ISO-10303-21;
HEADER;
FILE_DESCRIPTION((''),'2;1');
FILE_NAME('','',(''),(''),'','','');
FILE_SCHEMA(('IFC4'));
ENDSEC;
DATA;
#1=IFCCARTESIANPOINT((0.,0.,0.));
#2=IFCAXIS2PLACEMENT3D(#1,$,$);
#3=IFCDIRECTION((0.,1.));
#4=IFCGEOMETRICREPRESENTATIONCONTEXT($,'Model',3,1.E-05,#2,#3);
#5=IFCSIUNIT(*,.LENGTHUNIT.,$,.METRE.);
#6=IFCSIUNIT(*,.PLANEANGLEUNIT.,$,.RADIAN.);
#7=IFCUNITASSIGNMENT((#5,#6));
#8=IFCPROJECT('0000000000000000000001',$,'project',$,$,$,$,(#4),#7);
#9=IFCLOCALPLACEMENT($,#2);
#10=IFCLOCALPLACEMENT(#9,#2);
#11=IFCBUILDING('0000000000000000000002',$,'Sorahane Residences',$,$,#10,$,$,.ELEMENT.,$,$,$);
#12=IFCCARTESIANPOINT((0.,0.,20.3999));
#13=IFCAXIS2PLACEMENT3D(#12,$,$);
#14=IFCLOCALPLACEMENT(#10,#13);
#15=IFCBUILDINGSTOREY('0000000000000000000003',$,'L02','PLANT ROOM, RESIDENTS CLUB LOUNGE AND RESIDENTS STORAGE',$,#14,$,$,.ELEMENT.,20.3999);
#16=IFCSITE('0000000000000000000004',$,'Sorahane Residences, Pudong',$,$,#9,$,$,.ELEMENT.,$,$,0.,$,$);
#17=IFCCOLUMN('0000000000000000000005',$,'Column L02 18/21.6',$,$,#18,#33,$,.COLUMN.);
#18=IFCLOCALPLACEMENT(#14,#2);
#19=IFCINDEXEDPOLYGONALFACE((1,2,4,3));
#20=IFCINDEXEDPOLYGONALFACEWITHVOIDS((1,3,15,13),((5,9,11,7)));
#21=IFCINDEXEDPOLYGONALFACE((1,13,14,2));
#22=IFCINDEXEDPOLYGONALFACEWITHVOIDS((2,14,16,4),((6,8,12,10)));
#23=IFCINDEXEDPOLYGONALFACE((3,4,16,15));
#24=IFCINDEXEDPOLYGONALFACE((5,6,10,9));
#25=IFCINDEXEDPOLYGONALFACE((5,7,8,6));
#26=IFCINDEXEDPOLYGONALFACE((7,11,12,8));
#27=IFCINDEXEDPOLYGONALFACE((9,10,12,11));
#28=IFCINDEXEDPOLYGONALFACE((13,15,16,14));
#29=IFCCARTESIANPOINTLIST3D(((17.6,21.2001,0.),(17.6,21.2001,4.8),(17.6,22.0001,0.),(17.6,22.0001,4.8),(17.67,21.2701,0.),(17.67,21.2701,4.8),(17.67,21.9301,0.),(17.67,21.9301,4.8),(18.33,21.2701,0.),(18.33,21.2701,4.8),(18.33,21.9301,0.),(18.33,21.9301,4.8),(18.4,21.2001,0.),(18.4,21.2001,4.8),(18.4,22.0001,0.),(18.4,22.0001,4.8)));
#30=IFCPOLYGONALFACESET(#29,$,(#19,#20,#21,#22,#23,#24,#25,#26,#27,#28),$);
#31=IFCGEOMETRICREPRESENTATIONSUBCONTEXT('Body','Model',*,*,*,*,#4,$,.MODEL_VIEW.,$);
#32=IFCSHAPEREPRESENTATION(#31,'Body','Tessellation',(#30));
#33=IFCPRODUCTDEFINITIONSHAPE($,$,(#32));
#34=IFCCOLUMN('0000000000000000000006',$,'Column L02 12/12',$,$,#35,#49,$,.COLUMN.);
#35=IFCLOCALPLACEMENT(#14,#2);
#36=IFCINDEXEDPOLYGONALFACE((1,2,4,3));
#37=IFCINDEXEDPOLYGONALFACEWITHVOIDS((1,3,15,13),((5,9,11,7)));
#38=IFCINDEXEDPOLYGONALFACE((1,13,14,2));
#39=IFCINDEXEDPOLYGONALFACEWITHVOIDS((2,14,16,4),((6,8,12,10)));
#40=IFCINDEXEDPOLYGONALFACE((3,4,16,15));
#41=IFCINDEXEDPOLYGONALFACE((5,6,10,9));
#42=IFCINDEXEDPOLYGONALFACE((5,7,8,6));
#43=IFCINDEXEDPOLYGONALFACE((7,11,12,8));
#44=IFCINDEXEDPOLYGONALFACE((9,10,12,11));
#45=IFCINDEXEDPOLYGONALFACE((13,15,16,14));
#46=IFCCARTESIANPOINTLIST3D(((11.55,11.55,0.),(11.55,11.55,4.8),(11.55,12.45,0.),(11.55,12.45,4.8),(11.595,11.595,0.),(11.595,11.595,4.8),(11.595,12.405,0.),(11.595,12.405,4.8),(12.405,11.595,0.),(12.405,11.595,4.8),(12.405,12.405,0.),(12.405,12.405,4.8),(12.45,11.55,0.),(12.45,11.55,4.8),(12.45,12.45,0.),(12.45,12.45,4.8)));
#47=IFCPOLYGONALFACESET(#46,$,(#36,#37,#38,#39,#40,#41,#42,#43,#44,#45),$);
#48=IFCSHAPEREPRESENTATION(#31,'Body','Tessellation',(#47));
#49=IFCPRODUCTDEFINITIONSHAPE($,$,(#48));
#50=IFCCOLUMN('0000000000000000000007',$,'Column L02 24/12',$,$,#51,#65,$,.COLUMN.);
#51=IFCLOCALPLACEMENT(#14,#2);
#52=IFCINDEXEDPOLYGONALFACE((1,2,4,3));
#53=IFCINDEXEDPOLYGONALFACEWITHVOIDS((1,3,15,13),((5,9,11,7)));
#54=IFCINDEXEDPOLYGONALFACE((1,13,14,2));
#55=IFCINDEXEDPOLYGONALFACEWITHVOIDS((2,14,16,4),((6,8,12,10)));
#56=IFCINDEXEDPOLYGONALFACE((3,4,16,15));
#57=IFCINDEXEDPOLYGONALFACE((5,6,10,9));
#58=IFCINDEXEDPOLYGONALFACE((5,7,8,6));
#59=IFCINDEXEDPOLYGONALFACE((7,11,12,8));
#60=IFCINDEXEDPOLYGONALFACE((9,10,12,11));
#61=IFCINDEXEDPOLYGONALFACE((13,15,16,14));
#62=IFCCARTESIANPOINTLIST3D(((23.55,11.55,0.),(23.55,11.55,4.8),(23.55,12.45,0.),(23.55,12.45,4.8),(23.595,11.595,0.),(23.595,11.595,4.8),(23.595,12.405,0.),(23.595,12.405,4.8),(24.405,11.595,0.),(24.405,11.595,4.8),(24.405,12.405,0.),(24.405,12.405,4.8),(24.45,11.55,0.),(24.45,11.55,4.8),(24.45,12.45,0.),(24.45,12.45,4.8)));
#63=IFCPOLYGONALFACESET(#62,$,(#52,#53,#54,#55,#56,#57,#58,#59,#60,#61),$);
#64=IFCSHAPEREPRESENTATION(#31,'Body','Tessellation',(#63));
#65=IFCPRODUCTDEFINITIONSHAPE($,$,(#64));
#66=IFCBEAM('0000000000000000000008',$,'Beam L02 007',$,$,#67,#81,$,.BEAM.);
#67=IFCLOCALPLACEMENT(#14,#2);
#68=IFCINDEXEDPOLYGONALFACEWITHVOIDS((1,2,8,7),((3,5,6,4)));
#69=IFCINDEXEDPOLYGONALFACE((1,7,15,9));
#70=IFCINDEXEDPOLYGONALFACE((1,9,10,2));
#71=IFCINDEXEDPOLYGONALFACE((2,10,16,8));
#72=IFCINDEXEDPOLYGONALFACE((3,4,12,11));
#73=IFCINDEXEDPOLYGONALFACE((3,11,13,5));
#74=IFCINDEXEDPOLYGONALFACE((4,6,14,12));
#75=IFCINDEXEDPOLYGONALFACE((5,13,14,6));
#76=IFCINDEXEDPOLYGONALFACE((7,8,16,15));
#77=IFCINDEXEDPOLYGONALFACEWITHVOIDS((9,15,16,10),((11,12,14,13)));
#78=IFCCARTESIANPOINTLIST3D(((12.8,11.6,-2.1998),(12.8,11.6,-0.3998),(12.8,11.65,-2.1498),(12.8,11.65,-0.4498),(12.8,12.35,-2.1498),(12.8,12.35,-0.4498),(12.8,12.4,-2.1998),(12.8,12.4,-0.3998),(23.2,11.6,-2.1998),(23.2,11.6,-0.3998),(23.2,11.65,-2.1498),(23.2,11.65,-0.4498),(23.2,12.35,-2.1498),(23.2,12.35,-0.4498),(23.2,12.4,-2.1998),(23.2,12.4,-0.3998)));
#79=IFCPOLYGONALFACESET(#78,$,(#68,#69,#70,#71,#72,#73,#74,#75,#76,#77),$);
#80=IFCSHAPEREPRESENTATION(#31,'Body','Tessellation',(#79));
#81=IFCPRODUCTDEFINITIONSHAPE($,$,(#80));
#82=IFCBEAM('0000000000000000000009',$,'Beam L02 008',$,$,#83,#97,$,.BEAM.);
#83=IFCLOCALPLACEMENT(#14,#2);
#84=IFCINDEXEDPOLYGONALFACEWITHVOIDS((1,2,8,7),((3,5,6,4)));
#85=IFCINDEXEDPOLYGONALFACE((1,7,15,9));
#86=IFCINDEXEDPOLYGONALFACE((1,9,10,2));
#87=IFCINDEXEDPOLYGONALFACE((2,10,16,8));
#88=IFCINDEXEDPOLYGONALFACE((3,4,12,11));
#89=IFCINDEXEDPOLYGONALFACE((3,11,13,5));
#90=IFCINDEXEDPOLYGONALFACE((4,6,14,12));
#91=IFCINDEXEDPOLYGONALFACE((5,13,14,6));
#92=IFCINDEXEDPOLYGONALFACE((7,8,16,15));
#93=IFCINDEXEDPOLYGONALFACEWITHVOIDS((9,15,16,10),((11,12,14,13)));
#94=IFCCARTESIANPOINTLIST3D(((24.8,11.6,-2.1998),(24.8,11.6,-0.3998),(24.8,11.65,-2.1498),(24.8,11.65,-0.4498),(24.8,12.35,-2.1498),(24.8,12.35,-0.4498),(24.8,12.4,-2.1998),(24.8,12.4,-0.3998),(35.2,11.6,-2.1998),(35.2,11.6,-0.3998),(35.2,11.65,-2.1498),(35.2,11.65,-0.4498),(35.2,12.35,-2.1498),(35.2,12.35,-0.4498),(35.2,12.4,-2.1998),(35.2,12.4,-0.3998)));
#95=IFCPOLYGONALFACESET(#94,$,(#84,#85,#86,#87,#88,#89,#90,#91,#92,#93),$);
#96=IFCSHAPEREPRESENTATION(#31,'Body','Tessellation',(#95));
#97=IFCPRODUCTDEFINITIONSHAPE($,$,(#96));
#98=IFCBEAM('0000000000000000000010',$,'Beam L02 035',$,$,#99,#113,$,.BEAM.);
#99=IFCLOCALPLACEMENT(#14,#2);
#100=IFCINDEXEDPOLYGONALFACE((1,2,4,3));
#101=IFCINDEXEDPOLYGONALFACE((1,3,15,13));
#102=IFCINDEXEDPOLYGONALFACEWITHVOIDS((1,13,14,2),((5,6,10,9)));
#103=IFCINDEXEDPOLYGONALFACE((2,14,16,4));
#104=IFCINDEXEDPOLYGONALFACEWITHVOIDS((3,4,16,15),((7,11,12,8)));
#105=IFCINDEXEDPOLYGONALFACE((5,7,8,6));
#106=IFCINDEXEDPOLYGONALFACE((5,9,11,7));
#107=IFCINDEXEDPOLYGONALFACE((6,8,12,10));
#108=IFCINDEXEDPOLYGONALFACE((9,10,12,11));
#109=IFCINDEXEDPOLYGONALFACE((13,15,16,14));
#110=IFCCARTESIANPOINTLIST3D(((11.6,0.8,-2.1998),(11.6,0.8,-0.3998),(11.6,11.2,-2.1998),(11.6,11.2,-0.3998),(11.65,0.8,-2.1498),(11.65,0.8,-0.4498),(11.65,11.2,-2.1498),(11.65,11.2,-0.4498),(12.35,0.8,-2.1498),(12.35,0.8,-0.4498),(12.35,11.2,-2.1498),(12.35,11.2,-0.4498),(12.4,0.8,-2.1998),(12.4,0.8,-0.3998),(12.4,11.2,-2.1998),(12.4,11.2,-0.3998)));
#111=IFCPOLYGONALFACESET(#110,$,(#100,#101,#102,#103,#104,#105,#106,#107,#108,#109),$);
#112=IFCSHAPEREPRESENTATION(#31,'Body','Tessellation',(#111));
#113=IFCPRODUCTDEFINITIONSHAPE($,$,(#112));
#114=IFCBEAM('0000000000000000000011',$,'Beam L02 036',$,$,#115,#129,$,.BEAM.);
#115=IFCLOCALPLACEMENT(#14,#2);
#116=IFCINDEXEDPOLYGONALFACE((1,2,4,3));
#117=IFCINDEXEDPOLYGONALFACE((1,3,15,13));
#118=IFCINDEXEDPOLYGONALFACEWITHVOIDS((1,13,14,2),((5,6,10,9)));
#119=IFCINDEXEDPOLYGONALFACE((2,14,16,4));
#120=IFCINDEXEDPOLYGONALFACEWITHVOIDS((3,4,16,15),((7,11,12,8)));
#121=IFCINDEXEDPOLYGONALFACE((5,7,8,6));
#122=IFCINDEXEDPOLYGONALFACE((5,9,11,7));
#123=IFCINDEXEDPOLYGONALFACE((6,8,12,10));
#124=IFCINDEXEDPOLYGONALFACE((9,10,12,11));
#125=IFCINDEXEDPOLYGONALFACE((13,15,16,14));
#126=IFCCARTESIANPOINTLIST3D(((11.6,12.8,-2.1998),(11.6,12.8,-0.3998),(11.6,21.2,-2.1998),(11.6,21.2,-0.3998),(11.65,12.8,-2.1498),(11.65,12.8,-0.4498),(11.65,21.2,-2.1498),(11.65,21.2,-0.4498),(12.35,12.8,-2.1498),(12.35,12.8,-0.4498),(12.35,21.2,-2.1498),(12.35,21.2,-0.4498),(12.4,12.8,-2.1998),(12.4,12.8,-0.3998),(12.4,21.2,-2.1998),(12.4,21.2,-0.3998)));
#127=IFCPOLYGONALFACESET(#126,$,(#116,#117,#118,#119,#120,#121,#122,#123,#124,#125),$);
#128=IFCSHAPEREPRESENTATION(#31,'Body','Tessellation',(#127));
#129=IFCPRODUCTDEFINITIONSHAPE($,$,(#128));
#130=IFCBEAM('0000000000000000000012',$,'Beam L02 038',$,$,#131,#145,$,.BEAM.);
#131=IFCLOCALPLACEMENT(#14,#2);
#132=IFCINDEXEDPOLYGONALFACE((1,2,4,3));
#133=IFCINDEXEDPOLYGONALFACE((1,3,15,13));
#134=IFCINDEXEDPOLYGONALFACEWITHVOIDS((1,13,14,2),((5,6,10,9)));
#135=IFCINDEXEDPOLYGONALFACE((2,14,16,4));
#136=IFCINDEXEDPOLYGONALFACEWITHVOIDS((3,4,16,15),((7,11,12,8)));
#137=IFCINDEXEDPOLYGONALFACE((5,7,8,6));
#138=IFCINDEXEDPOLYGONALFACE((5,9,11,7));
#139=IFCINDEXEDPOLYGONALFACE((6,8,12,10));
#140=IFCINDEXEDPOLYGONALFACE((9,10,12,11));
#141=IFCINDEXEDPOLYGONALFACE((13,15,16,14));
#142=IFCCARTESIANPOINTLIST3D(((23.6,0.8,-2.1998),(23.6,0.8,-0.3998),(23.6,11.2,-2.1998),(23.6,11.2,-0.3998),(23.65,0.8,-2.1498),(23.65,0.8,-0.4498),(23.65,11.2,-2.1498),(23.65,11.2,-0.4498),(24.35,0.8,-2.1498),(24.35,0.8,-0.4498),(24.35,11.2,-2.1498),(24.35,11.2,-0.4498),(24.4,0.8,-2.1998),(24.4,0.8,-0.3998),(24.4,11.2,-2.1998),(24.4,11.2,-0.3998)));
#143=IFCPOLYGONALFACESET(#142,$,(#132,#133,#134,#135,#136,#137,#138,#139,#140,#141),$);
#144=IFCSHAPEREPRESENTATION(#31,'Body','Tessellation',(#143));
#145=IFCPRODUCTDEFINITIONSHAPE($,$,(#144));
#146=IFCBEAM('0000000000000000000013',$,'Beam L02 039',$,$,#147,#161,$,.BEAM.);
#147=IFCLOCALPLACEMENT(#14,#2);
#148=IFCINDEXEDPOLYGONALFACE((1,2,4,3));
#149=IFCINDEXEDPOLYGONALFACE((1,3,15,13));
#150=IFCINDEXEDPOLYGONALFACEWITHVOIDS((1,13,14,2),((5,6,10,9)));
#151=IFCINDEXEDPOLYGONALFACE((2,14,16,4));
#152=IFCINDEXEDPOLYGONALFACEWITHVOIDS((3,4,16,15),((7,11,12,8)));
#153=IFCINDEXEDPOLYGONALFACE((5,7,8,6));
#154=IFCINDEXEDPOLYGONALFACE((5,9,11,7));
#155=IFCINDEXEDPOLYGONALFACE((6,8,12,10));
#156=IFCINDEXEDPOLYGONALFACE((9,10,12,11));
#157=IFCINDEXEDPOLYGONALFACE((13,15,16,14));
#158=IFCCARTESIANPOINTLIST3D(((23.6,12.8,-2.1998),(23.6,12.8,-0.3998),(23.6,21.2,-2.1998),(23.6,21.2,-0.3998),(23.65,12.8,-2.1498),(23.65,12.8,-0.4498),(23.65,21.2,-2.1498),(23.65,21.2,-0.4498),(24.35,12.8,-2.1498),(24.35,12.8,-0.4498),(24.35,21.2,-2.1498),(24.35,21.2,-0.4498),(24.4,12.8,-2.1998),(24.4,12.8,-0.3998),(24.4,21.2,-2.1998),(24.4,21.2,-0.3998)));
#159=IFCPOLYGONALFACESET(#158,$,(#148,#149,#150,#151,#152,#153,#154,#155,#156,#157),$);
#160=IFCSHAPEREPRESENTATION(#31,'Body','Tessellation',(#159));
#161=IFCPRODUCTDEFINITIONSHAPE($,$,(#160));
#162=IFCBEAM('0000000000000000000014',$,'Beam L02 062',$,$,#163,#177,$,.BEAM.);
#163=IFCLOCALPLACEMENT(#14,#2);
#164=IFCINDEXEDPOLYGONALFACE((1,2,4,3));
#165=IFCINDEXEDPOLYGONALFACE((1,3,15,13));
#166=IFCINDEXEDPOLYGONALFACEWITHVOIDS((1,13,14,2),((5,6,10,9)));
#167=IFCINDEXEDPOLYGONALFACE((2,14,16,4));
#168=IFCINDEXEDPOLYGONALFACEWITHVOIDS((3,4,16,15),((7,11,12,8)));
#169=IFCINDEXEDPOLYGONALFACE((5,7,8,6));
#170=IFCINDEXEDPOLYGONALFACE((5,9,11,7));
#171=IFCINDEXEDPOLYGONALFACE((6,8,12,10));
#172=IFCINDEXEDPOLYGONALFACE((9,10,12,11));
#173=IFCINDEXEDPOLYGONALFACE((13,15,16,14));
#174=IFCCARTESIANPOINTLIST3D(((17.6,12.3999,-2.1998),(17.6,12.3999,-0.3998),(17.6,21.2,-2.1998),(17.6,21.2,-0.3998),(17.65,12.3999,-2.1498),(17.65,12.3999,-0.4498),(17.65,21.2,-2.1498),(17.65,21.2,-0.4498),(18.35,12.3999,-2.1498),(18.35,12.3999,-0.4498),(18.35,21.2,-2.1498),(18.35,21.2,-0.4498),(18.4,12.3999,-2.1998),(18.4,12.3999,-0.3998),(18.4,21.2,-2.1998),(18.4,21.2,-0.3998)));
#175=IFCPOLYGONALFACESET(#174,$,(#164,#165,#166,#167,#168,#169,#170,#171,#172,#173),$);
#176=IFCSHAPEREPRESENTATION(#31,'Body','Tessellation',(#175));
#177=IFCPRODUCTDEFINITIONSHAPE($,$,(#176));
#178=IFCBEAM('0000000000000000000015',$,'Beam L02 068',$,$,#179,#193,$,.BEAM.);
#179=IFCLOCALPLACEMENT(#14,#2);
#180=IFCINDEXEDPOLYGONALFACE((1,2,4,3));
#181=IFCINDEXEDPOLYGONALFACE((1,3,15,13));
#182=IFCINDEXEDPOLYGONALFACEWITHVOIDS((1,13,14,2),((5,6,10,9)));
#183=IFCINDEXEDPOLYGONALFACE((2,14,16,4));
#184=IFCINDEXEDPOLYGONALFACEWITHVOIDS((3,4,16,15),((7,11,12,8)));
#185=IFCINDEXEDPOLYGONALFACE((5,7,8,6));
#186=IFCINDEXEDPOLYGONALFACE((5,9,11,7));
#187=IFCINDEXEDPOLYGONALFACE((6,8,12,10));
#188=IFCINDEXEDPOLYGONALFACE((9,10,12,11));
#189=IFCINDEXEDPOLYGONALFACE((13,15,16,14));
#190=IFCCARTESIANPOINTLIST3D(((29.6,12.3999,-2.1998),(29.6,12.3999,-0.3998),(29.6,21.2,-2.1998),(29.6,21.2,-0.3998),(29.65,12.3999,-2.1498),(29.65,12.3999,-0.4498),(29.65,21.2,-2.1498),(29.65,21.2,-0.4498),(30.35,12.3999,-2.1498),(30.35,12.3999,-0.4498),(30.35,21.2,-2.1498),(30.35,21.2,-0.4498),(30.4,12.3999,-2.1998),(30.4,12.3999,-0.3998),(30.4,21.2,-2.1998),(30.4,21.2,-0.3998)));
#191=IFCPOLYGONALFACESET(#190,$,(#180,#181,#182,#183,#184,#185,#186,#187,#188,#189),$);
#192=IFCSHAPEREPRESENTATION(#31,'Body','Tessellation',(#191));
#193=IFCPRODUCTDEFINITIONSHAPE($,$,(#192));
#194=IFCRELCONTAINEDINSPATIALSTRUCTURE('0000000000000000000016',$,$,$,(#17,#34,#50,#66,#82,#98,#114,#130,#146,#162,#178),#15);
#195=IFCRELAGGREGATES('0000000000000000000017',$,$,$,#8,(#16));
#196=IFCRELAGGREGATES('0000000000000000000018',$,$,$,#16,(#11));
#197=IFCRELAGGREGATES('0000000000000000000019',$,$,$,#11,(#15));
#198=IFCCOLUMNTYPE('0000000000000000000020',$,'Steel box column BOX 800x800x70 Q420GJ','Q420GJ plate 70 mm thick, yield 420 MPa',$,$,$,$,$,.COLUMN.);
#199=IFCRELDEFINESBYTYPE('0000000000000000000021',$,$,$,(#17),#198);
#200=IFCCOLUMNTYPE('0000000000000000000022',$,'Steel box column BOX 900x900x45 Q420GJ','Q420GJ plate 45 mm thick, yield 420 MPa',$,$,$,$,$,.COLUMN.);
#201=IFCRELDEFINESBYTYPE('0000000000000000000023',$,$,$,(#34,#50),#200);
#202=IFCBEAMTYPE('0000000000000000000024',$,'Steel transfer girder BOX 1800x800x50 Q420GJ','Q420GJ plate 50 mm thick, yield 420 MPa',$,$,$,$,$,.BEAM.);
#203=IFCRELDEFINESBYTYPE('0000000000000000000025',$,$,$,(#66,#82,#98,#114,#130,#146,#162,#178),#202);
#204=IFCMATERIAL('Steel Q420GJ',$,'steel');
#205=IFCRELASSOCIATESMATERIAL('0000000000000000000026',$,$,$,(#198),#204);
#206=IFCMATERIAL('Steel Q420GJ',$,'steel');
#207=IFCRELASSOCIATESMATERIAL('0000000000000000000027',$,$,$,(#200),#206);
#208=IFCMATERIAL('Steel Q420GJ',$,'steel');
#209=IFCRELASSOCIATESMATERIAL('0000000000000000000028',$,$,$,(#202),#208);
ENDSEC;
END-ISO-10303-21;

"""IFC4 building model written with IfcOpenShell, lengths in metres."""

from ifc_helpers import new_model, si_unit, direction, frame, origin, origin_2d, place, context, subcontext, project, spatial, hollow_rectangle, extrude, material, material_profile, profile_set, type_object, element, save


model = new_model("IFC4")

# Units and contexts
model_context = context("Model", 3, precision=1e-05, world=origin(), true_north=direction((0.0, 1.0)))
body_context = subcontext(model_context, "Body", "Model", "MODEL_VIEW")
ifc_project = project(units=[si_unit("LENGTHUNIT", "METRE"), si_unit("PLANEANGLEUNIT", "RADIAN")], contexts=[model_context])

# Site, building, storey
site_placement = place(None, origin())
site = spatial("IfcSite", under=ifc_project, at=site_placement, Name="Sorahane Residences, Pudong", CompositionType="ELEMENT", RefElevation=0.0)
building_placement = place(site_placement, origin())
building = spatial("IfcBuilding", under=site, at=building_placement, Name="Sorahane Residences", CompositionType="ELEMENT")
storey_placement = place(building_placement, frame((0.0, 0.0, 20.3999)))
storey = spatial("IfcBuildingStorey", under=building, at=storey_placement, Name="L02", Description="PLANT ROOM, RESIDENTS CLUB LOUNGE AND RESIDENTS STORAGE", CompositionType="ELEMENT", Elevation=20.3999)

# Columns
ifc_material_1 = material(Name="Steel Q420GJ", Category="steel")
ifc_material_profile_1 = material_profile(ifc_material_1, hollow_rectangle(XDim=0.8, YDim=0.8, WallThickness=0.0701, at=origin_2d()), Name="BOX 800x800x70")
ifc_profile_set_1 = profile_set([ifc_material_profile_1], Name="Steel Q420GJ")
column_type_1 = type_object("IfcColumnType", Name="Steel box column BOX 800x800x70 Q420GJ", Description="Q420GJ plate 70 mm thick, yield 420 MPa", PredefinedType="COLUMN", material=ifc_profile_set_1)
column_placement = place(storey_placement, frame((18.0, 21.6001, 0.0), z_axis=(0.0, 0.0, 1.0), x_axis=(1.0, 0.0, 0.0)))
element("IfcColumn", 1, at=column_placement, inside=storey, type_object=column_type_1, Name="Column L02 18/21.6", PredefinedType="COLUMN", context=body_context, shape_type="SweptSolid", body=[
    extrude(hollow_rectangle(XDim=0.8, YDim=0.8, WallThickness=0.0701, at=origin_2d()), origin(), (0.0, 0.0, 1.0), 4.8),
])
ifc_material_2 = material(Name="Steel Q420GJ", Category="steel")
ifc_material_profile_2 = material_profile(ifc_material_2, hollow_rectangle(XDim=0.8999, YDim=0.8999, WallThickness=0.0449, at=origin_2d()), Name="BOX 900x900x45")
ifc_profile_set_2 = profile_set([ifc_material_profile_2], Name="Steel Q420GJ")
column_type_2 = type_object("IfcColumnType", Name="Steel box column BOX 900x900x45 Q420GJ", Description="Q420GJ plate 45 mm thick, yield 420 MPa", PredefinedType="COLUMN", material=ifc_profile_set_2)
for number, where, z_axis, x_axis, name in (
    (2, (12.0, 12.0, 0.0), (0.0, 0.0, 1.0), (1.0, 0.0, 0.0), "Column L02 12/12"),
    (3, (24.0, 12.0, 0.0), (0.0, 0.0, 1.0), (1.0, 0.0, 0.0), "Column L02 24/12"),
):
    element("IfcColumn", number, at=place(storey_placement, frame(where, z_axis=z_axis, x_axis=x_axis)), inside=storey, type_object=column_type_2, Name=name, PredefinedType="COLUMN", context=body_context, shape_type="SweptSolid", body=[
        extrude(hollow_rectangle(XDim=0.8999, YDim=0.8999, WallThickness=0.0449, at=origin_2d()), origin(), (0.0, 0.0, 1.0), 4.8),
    ])

# Beams
ifc_material_3 = material(Name="Steel Q420GJ", Category="steel")
ifc_material_profile_3 = material_profile(ifc_material_3, hollow_rectangle(XDim=0.8, YDim=1.8, WallThickness=0.05, at=origin_2d()), Name="BOX 1800x800x50")
ifc_profile_set_3 = profile_set([ifc_material_profile_3], Name="Steel Q420GJ")
beam_type = type_object("IfcBeamType", Name="Steel transfer girder BOX 1800x800x50 Q420GJ", Description="Q420GJ plate 50 mm thick, yield 420 MPa", PredefinedType="BEAM", material=ifc_profile_set_3)
for number, where, z_axis, x_axis, name in (
    (4, (12.8, 12.0, -1.2998), (1.0, 0.0, 0.0), (0.0, 1.0, 0.0), "Beam L02 007"),
    (5, (24.8, 12.0, -1.2998), (1.0, 0.0, 0.0), (0.0, 1.0, 0.0), "Beam L02 008"),
    (6, (12.0, 0.8, -1.2998), (0.0, 1.0, 0.0), (-1.0, 0.0, 0.0), "Beam L02 035"),
):
    element("IfcBeam", number, at=place(storey_placement, frame(where, z_axis=z_axis, x_axis=x_axis)), inside=storey, type_object=beam_type, Name=name, PredefinedType="BEAM", context=body_context, shape_type="SweptSolid", body=[
        extrude(hollow_rectangle(XDim=0.8, YDim=1.8, WallThickness=0.05, at=origin_2d()), origin(), (0.0, 0.0, 1.0), 10.3999),
    ])
beam_1_placement = place(storey_placement, frame((12.0, 12.8, -1.2998), z_axis=(0.0, 1.0, 0.0), x_axis=(-1.0, 0.0, 0.0)))
element("IfcBeam", 7, at=beam_1_placement, inside=storey, type_object=beam_type, Name="Beam L02 036", PredefinedType="BEAM", context=body_context, shape_type="SweptSolid", body=[
    extrude(hollow_rectangle(XDim=0.8, YDim=1.8, WallThickness=0.05, at=origin_2d()), origin(), (0.0, 0.0, 1.0), 8.3999),
])
beam_2_placement = place(storey_placement, frame((24.0, 0.8, -1.2998), z_axis=(0.0, 1.0, 0.0), x_axis=(-1.0, 0.0, 0.0)))
element("IfcBeam", 8, at=beam_2_placement, inside=storey, type_object=beam_type, Name="Beam L02 038", PredefinedType="BEAM", context=body_context, shape_type="SweptSolid", body=[
    extrude(hollow_rectangle(XDim=0.8, YDim=1.8, WallThickness=0.05, at=origin_2d()), origin(), (0.0, 0.0, 1.0), 10.3999),
])
beam_3_placement = place(storey_placement, frame((24.0, 12.8, -1.2998), z_axis=(0.0, 1.0, 0.0), x_axis=(-1.0, 0.0, 0.0)))
element("IfcBeam", 9, at=beam_3_placement, inside=storey, type_object=beam_type, Name="Beam L02 039", PredefinedType="BEAM", context=body_context, shape_type="SweptSolid", body=[
    extrude(hollow_rectangle(XDim=0.8, YDim=1.8, WallThickness=0.05, at=origin_2d()), origin(), (0.0, 0.0, 1.0), 8.3999),
])
for number, where, z_axis, x_axis, name in (
    (10, (18.0, 12.3999, -1.2998), (0.0, 1.0, 0.0), (-1.0, 0.0, 0.0), "Beam L02 062"),
    (11, (30.0, 12.3999, -1.2998), (0.0, 1.0, 0.0), (-1.0, 0.0, 0.0), "Beam L02 068"),
):
    element("IfcBeam", number, at=place(storey_placement, frame(where, z_axis=z_axis, x_axis=x_axis)), inside=storey, type_object=beam_type, Name=name, PredefinedType="BEAM", context=body_context, shape_type="SweptSolid", body=[
        extrude(hollow_rectangle(XDim=0.8, YDim=1.8, WallThickness=0.05, at=origin_2d()), origin(), (0.0, 0.0, 1.0), 8.8),
    ])

save(model, "model.ifc")
